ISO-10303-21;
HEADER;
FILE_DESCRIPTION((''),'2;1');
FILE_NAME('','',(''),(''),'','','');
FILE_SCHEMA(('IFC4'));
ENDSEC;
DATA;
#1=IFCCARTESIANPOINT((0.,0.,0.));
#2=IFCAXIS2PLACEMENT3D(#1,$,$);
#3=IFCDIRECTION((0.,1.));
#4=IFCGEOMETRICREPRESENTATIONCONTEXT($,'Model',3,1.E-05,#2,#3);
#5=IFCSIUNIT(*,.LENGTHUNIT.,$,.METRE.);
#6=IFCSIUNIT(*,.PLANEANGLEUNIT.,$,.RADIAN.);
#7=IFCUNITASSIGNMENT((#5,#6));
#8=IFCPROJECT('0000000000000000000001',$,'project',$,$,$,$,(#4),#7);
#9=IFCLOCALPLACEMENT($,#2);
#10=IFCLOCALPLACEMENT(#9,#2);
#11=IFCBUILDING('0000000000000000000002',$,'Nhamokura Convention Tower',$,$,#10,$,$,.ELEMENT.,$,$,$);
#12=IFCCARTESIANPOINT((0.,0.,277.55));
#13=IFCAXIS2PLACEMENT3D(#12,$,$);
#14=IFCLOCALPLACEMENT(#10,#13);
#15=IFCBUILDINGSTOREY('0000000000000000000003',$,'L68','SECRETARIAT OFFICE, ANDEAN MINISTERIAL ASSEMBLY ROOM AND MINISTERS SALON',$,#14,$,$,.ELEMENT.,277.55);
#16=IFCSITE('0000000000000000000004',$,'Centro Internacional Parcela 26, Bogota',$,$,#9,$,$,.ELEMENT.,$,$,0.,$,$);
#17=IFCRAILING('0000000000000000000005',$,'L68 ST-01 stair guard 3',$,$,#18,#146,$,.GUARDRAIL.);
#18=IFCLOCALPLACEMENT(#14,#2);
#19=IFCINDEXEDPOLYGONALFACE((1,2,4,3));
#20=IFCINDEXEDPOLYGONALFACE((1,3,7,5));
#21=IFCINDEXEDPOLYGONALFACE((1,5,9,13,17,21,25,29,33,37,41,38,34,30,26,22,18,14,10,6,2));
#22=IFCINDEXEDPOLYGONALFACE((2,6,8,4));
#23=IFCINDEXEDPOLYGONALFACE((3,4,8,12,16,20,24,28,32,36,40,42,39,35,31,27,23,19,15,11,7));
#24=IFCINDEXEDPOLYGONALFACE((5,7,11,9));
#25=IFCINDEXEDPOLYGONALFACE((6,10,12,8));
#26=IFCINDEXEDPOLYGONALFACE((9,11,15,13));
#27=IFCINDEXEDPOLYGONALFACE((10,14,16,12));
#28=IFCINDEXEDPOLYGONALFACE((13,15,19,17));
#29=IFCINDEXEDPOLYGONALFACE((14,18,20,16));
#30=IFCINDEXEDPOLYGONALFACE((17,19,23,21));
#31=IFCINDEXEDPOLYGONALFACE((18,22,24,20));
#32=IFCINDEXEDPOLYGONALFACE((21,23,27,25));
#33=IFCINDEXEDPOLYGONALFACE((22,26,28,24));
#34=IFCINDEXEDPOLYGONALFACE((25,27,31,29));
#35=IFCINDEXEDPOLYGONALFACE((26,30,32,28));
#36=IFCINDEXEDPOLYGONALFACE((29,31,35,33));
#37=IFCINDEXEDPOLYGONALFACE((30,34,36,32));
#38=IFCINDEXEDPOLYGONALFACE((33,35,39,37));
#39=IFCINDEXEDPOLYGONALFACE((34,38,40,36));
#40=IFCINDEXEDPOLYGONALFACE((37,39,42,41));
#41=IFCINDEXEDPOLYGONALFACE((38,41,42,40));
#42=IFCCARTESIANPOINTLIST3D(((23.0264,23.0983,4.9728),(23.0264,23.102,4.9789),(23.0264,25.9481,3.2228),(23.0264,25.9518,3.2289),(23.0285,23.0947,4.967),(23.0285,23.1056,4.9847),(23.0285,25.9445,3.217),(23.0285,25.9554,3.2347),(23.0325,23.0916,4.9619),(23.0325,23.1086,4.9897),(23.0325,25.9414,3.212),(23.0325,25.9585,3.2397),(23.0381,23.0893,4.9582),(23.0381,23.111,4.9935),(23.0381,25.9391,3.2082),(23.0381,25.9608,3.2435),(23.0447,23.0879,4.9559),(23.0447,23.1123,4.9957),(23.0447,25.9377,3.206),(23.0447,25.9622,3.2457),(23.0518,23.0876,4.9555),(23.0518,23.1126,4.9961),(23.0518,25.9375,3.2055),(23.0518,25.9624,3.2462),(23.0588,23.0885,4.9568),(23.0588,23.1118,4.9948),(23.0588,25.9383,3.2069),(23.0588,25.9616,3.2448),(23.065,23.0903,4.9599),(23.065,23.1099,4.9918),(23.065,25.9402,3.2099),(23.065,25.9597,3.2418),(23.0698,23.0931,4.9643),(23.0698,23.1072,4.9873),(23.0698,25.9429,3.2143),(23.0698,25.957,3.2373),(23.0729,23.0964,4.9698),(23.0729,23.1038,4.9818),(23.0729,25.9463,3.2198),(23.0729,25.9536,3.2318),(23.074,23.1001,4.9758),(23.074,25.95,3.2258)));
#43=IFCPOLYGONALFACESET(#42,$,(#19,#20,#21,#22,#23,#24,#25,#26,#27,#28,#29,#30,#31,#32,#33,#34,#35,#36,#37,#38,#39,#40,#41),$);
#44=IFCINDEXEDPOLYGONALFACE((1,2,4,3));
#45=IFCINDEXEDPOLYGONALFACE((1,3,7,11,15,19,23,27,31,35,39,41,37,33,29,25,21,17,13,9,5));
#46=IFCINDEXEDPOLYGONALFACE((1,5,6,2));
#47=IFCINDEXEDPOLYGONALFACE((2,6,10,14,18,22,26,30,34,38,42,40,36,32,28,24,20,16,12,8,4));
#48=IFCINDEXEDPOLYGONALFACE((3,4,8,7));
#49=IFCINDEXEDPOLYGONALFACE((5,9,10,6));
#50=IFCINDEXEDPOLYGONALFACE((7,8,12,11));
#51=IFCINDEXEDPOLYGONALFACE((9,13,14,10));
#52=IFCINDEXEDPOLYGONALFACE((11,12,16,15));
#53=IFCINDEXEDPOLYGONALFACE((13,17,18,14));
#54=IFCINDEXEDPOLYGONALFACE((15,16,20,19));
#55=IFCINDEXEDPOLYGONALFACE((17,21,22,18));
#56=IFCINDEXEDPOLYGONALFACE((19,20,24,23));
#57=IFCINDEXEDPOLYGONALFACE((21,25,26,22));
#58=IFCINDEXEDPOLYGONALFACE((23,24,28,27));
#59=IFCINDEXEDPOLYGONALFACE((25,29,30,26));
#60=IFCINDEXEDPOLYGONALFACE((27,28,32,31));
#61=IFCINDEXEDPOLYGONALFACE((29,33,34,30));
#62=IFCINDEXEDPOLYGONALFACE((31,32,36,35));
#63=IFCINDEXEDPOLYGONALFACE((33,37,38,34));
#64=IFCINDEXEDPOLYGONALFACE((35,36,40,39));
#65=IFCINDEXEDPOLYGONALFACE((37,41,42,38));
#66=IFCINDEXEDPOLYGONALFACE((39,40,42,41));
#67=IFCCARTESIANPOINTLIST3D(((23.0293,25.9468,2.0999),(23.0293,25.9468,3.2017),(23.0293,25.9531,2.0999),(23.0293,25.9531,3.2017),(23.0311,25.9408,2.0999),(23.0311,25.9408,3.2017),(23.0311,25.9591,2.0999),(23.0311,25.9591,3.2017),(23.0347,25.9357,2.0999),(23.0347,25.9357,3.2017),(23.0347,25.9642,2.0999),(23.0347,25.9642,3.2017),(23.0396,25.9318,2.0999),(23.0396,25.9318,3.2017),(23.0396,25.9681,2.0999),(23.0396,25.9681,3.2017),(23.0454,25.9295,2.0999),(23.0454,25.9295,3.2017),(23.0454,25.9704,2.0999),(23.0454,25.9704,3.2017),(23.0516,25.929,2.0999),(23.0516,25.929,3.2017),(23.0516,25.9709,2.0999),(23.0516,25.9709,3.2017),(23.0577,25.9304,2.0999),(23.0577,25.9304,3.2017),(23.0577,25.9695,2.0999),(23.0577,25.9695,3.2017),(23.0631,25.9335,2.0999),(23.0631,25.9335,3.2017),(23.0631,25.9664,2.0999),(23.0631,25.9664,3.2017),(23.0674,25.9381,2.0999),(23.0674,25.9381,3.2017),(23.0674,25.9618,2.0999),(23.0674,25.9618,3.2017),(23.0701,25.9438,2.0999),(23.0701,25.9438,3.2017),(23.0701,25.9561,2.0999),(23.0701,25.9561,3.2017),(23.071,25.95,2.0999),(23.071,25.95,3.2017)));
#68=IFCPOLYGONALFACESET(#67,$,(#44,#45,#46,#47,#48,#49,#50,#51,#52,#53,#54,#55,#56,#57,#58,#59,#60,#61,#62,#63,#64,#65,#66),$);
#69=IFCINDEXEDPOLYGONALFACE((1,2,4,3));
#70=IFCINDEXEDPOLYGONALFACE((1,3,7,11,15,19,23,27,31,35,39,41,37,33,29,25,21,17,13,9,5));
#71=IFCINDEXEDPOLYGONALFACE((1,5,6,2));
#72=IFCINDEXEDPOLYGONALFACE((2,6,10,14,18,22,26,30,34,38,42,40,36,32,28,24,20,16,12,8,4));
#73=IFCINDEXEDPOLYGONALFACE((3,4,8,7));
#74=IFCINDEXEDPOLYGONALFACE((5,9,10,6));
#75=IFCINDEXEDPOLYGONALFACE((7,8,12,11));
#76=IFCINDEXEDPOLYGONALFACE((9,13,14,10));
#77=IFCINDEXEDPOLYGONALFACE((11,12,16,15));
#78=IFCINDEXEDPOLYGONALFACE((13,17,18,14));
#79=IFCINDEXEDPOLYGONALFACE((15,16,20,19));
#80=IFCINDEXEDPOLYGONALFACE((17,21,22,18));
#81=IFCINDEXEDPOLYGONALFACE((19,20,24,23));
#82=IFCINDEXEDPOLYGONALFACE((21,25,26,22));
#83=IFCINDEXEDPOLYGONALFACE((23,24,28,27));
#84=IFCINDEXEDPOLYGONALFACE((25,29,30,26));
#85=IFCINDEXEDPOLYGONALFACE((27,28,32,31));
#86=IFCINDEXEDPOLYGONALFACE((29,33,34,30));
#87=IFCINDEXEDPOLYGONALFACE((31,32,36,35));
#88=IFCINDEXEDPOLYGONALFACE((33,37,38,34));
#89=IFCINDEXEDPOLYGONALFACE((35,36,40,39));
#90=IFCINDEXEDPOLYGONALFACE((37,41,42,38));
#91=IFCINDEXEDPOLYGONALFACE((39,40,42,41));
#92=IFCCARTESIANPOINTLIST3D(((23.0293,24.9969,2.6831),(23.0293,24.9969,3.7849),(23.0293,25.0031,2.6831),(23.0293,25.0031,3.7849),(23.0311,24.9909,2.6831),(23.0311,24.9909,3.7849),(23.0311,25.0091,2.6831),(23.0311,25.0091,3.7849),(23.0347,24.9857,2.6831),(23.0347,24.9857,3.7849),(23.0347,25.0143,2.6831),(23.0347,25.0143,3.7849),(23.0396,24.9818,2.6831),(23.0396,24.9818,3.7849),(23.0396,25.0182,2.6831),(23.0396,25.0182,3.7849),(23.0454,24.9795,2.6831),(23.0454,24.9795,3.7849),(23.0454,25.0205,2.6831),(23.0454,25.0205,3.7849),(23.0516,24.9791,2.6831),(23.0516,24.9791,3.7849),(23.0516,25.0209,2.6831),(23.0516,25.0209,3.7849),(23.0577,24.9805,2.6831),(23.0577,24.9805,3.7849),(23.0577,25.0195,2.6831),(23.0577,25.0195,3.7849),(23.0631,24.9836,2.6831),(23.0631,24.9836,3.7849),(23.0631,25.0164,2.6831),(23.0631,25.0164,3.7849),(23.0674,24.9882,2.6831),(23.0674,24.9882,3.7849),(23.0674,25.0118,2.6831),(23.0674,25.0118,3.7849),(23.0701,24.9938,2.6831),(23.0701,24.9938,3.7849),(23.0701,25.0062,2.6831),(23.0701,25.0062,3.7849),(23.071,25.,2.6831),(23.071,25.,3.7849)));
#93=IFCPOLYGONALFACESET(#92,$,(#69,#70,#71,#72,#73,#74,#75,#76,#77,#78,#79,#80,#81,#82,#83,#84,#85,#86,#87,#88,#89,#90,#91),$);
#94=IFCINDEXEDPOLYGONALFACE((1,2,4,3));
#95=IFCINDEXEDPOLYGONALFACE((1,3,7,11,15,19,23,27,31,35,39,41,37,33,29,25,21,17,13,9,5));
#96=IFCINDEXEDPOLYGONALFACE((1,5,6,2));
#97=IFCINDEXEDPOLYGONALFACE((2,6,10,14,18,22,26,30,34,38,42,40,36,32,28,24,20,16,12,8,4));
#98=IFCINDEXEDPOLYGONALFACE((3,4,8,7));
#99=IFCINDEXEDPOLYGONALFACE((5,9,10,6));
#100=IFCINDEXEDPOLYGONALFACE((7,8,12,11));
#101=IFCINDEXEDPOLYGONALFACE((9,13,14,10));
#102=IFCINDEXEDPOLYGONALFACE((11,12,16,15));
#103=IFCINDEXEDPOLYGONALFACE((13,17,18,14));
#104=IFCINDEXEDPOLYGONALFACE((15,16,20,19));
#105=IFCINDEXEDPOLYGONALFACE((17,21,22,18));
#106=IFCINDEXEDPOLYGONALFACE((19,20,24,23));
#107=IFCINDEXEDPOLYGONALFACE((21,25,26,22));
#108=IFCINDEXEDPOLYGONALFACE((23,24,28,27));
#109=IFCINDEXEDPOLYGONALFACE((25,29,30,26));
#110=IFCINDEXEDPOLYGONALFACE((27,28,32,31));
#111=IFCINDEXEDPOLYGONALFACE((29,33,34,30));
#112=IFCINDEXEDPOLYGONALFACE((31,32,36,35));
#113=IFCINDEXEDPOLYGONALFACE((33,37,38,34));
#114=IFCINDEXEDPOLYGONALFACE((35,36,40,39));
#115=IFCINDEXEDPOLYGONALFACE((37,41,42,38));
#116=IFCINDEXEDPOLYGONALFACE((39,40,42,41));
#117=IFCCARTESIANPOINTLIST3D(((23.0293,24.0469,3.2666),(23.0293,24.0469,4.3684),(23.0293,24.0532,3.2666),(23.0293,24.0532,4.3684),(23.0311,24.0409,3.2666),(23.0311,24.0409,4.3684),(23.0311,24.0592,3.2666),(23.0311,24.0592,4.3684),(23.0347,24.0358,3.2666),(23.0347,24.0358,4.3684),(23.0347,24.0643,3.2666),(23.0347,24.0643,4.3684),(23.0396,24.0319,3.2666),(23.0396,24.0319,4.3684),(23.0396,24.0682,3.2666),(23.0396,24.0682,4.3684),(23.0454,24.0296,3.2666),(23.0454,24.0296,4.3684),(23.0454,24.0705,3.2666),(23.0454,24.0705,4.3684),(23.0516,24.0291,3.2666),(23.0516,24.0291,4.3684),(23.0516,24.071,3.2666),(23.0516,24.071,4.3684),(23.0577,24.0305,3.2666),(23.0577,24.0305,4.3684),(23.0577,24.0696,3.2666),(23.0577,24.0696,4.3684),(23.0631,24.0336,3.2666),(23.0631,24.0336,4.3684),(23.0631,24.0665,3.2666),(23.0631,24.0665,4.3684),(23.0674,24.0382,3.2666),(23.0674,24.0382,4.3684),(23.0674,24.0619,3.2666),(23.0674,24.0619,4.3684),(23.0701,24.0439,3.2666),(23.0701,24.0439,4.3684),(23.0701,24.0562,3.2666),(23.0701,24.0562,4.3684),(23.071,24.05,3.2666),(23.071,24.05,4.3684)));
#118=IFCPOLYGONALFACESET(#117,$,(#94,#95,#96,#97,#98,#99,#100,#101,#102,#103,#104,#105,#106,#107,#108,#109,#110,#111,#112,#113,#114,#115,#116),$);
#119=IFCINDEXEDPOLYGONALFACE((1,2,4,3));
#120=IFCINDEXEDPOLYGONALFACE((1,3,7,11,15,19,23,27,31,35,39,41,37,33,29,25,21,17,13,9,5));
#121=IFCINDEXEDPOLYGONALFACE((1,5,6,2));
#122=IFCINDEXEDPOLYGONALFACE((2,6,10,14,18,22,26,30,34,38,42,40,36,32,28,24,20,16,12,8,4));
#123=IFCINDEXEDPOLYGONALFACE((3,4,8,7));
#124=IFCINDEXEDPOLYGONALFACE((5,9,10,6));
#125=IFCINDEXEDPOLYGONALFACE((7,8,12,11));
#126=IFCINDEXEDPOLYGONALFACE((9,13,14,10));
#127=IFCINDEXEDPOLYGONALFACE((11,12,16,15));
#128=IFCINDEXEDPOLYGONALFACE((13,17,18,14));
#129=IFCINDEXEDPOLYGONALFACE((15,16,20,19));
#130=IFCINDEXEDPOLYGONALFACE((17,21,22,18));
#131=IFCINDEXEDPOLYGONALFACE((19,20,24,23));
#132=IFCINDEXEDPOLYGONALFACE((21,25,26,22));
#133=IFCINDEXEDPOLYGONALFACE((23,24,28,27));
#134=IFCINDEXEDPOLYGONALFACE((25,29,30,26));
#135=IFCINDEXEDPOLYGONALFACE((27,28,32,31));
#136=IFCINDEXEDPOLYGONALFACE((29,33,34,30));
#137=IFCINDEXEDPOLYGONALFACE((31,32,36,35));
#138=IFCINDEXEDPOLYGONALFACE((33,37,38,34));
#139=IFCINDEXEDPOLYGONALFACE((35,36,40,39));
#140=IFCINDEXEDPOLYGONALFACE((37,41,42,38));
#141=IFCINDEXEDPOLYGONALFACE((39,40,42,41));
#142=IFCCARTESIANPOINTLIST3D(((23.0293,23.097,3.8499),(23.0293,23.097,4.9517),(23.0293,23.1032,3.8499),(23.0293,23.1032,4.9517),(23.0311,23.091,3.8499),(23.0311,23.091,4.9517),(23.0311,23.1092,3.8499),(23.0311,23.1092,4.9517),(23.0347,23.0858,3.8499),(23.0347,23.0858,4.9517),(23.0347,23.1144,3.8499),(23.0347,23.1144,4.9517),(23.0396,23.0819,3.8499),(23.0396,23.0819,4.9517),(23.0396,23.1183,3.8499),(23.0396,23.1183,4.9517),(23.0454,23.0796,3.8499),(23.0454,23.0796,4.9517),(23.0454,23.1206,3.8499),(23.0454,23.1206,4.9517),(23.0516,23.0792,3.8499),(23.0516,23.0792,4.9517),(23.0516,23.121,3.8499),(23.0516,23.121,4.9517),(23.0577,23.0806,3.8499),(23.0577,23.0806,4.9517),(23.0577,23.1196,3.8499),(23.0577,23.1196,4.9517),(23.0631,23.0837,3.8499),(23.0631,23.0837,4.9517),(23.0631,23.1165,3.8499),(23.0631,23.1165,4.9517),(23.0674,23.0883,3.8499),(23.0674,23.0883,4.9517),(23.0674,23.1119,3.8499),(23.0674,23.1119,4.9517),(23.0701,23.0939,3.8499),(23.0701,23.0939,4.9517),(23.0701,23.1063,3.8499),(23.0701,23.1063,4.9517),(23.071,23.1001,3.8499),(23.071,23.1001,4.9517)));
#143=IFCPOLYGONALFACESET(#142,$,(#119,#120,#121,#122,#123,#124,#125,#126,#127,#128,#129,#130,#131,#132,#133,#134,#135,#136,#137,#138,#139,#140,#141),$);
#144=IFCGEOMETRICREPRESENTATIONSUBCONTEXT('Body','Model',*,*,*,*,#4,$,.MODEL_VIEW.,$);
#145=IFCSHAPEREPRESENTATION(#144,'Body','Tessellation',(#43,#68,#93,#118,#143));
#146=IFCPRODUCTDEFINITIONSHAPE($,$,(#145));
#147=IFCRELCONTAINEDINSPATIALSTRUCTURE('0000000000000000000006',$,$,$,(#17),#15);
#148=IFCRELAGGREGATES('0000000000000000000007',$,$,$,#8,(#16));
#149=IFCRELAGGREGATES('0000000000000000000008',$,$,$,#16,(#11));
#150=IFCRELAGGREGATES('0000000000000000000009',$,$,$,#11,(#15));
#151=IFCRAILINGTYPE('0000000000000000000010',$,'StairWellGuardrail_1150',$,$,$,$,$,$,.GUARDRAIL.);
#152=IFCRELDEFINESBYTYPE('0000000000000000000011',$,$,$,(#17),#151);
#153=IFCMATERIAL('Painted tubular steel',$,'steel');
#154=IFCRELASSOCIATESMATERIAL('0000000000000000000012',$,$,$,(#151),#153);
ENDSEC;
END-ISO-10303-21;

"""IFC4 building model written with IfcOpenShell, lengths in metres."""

from ifc_helpers import new_model, si_unit, direction, frame, origin, origin_2d, place, context, subcontext, project, spatial, circle, extrude, material, type_object, element, save


model = new_model("IFC4")

# Units and contexts
model_context = context("Model", 3, precision=1e-05, world=origin(), true_north=direction((0.0, 1.0)))
body_context = subcontext(model_context, "Body", "Model", "MODEL_VIEW")
ifc_project = project(units=[si_unit("LENGTHUNIT", "METRE"), si_unit("PLANEANGLEUNIT", "RADIAN")], contexts=[model_context])

# Site, building, storey
site_placement = place(None, origin())
site = spatial("IfcSite", under=ifc_project, at=site_placement, Name="Centro Internacional Parcela 26, Bogota", CompositionType="ELEMENT", RefElevation=0.0)
building_placement = place(site_placement, origin())
building = spatial("IfcBuilding", under=site, at=building_placement, Name="Nhamokura Convention Tower", CompositionType="ELEMENT")
storey_placement = place(building_placement, frame((0.0, 0.0, 277.55)))
storey = spatial("IfcBuildingStorey", under=building, at=storey_placement, Name="L68", Description="SECRETARIAT OFFICE, ANDEAN MINISTERIAL ASSEMBLY ROOM AND MINISTERS SALON", CompositionType="ELEMENT", Elevation=277.55)

# Railing
ifc_material_1 = material(Name="Painted tubular steel", Category="steel")
railing_type_1 = type_object("IfcRailingType", Name="StairWellGuardrail_1150", PredefinedType="GUARDRAIL", material=ifc_material_1)
railing_1_placement = place(storey_placement, frame((23.05, 25.95, 2.0999)))
element("IfcRailing", 1, at=railing_1_placement, inside=storey, type_object=railing_type_1, Name="L68 ST-01 stair guard 3", PredefinedType="GUARDRAIL", context=body_context, shape_type="SweptSolid", body=[
    extrude(circle(Radius=0.0239, at=origin_2d()), frame((0.0, 0.0, 1.126), z_axis=(0.0, -0.852159, 0.523283), x_axis=(1.0, 0.0, 0.0)), (0.0, 0.0, 1.0), 3.3442),
    extrude(circle(Radius=0.021, at=origin_2d()), origin(), (0.0, 0.0, 1.0), 1.1018),
    extrude(circle(Radius=0.021, at=origin_2d()), frame((0.0, -0.95, 0.5833)), (0.0, 0.0, 1.0), 1.1018),
    extrude(circle(Radius=0.021, at=origin_2d()), frame((0.0, -1.8999, 1.1667)), (0.0, 0.0, 1.0), 1.1018),
    extrude(circle(Radius=0.021, at=origin_2d()), frame((0.0, -2.8499, 1.75)), (0.0, 0.0, 1.0), 1.1018),
])

save(model, "model.ifc")
